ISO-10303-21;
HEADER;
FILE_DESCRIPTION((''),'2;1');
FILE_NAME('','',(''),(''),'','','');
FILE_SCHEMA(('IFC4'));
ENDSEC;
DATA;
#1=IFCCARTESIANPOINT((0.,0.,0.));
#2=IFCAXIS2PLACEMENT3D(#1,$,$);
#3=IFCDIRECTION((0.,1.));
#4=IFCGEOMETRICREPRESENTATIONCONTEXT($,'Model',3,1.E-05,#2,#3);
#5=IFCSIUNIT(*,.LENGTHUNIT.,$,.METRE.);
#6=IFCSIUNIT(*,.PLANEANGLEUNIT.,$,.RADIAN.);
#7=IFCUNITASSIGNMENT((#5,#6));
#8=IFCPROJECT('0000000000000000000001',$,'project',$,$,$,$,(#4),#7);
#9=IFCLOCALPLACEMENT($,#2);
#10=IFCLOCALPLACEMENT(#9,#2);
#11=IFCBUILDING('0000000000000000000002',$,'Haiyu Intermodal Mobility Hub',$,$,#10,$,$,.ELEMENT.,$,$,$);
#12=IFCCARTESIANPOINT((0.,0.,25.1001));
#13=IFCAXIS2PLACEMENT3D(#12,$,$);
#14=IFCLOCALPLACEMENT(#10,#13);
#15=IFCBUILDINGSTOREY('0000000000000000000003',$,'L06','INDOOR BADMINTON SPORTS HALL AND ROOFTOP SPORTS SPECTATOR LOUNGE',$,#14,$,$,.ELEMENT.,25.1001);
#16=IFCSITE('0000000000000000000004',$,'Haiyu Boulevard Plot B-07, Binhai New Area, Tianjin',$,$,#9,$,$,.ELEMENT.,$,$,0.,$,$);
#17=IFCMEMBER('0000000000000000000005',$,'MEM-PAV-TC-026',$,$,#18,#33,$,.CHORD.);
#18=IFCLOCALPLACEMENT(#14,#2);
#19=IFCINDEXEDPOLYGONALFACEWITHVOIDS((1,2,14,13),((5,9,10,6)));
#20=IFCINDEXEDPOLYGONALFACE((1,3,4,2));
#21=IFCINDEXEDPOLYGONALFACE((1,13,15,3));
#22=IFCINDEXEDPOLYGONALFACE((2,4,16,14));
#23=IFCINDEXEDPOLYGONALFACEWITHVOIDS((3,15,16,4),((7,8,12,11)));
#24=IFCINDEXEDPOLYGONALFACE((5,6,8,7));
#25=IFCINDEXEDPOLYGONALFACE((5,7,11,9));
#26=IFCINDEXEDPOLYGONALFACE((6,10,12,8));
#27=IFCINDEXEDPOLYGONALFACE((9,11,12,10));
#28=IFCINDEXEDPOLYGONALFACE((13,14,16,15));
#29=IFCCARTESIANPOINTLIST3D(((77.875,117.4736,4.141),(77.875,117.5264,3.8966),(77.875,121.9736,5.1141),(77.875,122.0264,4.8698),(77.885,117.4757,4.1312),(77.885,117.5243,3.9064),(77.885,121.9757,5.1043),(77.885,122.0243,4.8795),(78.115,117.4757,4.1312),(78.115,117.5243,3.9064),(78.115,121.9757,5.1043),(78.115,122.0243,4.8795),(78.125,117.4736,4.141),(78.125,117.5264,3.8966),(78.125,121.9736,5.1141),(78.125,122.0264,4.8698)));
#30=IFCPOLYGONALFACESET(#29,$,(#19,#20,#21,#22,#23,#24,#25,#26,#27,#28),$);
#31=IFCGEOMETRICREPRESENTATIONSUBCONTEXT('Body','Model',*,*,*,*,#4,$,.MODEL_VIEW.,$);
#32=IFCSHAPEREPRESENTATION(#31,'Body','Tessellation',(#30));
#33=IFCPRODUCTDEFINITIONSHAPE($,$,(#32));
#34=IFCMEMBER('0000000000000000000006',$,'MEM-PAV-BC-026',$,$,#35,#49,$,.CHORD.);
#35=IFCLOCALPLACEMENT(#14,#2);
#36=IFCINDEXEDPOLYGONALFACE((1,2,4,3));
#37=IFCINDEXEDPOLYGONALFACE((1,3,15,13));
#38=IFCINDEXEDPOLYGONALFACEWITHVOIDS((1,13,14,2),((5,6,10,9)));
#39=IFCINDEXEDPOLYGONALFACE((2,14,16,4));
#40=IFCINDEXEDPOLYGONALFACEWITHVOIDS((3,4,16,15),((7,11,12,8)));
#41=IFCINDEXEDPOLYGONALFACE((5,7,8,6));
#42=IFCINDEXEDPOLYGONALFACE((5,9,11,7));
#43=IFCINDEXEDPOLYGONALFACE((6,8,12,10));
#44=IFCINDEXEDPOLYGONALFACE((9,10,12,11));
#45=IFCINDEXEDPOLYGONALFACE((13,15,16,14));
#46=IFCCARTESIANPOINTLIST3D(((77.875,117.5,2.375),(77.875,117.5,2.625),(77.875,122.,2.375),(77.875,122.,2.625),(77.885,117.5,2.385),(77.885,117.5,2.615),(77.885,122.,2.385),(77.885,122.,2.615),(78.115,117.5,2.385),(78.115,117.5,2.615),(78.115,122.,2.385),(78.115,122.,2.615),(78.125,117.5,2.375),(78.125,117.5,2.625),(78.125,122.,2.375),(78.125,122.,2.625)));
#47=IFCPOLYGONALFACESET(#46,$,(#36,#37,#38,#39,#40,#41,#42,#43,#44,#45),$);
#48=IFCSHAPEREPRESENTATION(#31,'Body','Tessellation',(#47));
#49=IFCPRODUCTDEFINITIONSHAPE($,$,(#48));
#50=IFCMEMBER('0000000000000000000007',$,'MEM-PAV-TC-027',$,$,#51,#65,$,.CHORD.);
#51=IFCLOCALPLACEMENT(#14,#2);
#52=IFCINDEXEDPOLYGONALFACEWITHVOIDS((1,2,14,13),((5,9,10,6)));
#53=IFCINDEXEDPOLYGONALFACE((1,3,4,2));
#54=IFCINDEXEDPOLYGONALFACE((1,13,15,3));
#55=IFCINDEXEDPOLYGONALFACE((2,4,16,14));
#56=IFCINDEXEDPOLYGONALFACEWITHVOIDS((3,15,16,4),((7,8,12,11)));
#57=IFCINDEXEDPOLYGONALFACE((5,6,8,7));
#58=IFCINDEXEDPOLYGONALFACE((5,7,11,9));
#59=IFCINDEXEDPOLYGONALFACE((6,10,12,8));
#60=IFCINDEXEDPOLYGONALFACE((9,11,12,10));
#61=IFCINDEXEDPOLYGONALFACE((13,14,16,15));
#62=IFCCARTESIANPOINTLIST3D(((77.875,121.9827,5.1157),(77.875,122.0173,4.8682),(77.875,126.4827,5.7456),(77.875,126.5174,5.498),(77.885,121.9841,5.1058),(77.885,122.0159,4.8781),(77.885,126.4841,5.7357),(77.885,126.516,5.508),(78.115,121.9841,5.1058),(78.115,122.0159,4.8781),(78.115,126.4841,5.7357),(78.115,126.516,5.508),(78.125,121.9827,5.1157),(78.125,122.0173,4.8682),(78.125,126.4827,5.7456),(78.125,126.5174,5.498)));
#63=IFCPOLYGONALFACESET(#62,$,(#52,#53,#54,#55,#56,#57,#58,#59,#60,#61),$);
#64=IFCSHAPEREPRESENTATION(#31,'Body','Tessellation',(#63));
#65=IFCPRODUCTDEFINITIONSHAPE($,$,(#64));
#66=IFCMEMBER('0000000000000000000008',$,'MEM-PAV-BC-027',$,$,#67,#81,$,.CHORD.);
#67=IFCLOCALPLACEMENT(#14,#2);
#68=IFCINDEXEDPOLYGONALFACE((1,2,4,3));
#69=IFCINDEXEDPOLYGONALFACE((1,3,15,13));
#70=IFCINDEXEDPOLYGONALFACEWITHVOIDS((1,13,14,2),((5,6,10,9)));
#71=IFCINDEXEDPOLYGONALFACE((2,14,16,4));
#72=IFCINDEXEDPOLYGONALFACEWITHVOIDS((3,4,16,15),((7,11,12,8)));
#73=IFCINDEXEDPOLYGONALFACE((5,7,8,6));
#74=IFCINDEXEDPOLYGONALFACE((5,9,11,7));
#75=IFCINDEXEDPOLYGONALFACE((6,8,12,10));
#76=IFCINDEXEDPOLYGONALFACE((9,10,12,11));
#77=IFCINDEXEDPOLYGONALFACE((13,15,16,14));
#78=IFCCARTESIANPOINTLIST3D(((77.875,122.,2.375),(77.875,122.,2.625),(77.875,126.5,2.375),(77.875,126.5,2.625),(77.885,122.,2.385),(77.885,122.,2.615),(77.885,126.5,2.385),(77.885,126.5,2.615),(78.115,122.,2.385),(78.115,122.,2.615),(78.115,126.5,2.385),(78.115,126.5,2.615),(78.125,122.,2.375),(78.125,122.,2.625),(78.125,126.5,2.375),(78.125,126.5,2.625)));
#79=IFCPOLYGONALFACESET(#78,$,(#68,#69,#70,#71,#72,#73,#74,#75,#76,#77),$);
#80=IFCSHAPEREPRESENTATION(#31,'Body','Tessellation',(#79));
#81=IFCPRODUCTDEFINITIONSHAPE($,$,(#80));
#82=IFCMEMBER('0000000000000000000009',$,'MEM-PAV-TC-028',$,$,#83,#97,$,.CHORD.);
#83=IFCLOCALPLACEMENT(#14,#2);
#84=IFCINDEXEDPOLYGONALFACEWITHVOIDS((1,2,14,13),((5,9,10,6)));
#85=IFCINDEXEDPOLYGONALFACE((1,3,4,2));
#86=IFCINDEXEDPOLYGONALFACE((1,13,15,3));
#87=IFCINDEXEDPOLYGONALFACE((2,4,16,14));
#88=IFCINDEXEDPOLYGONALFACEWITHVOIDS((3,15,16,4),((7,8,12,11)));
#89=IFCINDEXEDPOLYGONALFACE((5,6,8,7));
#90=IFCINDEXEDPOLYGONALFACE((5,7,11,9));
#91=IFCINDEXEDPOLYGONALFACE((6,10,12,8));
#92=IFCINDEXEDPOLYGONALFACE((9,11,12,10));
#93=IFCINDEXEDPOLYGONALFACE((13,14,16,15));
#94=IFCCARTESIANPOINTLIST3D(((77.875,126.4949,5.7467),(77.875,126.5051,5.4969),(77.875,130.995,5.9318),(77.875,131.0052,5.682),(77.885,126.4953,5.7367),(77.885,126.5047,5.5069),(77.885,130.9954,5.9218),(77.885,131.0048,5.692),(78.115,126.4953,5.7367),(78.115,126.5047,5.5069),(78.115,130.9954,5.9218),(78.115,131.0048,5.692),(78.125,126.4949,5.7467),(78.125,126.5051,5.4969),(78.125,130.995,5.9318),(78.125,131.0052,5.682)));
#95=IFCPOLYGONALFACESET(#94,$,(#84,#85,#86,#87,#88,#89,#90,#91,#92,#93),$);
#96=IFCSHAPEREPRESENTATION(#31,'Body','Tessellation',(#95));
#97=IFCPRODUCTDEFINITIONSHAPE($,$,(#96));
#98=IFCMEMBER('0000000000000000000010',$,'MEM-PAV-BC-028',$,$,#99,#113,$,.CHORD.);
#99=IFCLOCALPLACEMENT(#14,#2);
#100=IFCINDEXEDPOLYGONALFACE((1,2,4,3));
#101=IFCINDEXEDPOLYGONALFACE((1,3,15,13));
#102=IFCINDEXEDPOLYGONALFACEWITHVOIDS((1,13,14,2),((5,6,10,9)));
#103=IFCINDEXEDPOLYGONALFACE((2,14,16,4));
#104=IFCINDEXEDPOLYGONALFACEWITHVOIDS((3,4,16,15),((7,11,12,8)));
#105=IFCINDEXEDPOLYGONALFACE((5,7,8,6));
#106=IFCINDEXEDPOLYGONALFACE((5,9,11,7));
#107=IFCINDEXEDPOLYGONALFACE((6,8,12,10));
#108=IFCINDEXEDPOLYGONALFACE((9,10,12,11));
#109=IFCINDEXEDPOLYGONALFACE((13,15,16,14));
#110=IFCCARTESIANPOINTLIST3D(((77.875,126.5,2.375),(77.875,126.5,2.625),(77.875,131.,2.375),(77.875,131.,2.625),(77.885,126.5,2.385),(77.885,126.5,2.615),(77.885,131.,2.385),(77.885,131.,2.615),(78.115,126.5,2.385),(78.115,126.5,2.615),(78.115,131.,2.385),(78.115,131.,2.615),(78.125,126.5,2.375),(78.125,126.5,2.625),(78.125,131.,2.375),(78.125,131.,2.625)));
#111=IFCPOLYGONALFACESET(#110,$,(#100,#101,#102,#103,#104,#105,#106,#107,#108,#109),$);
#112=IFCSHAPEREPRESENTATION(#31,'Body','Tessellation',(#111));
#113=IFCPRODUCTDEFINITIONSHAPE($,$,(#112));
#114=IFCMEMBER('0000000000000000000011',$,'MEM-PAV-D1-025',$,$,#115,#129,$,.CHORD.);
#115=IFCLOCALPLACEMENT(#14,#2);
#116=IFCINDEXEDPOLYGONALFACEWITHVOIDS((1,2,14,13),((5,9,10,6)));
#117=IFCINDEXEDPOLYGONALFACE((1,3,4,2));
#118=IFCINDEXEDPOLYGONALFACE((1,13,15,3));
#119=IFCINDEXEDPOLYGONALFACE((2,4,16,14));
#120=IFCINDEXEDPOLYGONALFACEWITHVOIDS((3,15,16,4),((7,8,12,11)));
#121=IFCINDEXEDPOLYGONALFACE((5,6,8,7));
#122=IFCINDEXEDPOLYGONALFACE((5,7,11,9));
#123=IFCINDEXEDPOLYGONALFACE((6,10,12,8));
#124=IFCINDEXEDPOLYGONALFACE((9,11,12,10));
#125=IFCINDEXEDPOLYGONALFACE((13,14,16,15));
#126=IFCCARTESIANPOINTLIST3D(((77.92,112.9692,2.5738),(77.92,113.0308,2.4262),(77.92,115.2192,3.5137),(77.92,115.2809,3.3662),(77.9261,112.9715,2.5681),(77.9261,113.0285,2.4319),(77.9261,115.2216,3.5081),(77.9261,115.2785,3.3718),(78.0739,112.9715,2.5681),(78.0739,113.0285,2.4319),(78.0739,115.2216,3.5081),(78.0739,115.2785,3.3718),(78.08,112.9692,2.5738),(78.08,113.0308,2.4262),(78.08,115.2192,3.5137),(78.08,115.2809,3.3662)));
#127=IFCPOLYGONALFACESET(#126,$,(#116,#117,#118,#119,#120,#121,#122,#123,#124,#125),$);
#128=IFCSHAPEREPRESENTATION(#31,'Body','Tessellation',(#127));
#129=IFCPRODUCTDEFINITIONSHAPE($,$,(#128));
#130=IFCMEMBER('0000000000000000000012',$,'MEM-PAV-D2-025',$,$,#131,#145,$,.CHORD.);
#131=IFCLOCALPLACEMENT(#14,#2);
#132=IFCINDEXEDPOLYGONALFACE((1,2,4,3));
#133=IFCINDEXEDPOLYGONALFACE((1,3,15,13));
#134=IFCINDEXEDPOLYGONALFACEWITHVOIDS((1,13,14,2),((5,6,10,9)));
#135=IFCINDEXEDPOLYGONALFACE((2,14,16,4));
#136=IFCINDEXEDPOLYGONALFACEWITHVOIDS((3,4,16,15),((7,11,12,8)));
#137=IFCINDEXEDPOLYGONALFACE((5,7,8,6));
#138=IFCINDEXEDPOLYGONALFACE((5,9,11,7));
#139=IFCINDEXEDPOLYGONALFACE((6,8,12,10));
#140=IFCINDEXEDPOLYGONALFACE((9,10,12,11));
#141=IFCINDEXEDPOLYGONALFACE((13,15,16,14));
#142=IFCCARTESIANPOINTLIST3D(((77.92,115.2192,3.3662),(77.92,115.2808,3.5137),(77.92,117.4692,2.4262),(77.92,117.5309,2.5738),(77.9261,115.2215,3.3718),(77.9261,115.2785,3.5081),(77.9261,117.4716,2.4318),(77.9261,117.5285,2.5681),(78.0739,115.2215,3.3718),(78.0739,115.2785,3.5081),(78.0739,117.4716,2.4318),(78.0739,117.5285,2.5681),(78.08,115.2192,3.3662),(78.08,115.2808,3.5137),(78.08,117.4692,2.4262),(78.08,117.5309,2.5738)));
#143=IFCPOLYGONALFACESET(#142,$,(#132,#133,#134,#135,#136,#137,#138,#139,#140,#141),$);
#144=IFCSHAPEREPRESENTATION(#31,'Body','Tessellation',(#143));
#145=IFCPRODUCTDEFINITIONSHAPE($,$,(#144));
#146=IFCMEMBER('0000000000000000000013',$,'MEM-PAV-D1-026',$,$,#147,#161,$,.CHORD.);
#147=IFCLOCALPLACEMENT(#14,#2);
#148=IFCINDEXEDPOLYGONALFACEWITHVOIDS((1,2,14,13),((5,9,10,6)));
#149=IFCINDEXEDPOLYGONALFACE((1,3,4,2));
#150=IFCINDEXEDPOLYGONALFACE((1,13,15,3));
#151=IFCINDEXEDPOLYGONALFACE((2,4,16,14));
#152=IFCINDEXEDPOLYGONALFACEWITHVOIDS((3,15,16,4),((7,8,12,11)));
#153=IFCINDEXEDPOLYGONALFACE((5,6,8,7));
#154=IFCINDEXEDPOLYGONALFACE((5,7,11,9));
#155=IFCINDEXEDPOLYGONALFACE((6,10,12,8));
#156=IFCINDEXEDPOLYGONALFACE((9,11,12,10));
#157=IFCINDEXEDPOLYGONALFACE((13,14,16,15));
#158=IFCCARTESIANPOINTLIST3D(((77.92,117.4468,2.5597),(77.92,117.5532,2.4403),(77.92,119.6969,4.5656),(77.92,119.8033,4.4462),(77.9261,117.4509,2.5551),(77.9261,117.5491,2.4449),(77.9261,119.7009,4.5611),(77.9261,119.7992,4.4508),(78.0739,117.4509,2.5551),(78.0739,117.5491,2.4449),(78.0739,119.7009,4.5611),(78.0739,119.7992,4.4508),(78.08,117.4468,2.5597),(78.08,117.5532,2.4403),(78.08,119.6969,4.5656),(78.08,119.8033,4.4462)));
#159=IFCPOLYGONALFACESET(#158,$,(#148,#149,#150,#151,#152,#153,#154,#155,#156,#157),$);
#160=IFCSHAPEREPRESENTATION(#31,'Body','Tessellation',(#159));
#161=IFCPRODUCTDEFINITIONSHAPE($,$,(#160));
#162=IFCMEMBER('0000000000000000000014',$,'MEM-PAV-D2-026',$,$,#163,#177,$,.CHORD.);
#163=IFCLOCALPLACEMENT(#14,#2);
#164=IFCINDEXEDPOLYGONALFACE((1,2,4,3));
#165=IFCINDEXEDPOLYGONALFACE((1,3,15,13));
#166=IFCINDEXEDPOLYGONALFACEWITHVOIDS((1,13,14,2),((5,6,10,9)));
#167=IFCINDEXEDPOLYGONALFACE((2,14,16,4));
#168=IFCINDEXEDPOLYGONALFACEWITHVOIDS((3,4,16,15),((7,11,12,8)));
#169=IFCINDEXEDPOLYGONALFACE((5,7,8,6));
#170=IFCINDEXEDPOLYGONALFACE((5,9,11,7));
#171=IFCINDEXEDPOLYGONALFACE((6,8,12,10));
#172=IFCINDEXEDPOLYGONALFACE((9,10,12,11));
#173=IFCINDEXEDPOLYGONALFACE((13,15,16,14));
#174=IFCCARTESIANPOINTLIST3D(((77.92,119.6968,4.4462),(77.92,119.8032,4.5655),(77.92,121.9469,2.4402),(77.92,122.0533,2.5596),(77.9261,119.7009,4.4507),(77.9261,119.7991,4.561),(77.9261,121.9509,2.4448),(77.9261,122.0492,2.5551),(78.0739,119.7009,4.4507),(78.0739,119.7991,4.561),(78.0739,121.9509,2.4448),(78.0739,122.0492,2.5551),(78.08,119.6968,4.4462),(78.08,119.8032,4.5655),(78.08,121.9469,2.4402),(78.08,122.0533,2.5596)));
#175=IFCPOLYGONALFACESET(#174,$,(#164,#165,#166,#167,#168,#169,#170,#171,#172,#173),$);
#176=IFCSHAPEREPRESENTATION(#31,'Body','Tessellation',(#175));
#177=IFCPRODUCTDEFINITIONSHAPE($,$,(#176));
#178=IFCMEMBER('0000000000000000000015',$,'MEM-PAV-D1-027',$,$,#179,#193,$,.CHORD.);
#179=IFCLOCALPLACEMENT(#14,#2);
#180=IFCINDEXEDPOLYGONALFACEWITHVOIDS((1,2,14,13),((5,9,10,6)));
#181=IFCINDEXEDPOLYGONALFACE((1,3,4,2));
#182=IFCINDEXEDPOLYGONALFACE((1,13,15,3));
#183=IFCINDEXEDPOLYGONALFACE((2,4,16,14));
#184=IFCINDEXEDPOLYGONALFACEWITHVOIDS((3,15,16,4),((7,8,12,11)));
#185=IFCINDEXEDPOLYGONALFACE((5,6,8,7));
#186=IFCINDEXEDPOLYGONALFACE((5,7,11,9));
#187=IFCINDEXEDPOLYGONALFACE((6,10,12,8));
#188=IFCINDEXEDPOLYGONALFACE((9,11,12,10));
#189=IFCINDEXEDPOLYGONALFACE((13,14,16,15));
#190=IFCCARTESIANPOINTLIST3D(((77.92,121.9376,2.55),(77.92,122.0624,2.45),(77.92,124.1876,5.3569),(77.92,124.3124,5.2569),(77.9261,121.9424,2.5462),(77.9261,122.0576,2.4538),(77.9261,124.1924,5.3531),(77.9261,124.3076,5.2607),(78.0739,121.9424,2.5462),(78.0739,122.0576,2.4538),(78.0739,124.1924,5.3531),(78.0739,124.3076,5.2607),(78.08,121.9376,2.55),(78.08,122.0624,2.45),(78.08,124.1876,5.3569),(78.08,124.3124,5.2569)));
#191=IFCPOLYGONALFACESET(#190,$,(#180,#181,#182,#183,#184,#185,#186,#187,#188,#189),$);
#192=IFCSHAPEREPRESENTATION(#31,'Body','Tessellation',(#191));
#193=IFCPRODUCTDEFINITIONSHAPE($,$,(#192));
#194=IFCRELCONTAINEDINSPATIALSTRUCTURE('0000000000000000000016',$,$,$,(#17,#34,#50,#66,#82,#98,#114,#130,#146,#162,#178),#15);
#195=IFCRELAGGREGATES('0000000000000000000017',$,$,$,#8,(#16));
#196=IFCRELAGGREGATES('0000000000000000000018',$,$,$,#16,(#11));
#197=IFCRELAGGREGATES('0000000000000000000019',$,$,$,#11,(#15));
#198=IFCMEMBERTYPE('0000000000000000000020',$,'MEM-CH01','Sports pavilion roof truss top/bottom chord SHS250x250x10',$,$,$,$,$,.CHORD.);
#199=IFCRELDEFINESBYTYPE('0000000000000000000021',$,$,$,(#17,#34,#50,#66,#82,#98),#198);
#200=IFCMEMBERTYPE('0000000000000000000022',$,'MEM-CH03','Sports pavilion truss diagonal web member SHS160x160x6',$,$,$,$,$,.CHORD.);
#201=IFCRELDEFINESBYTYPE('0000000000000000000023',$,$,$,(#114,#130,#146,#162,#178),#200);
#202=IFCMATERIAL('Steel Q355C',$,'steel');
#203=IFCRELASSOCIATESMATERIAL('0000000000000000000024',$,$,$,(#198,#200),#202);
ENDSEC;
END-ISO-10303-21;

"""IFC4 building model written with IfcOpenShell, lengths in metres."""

from ifc_helpers import new_model, si_unit, direction, frame, origin, origin_2d, place, context, subcontext, project, spatial, hollow_rectangle, extrude, material, material_profile, profile_set, type_object, element, save


model = new_model("IFC4")

# Units and contexts
model_context = context("Model", 3, precision=1e-05, world=origin(), true_north=direction((0.0, 1.0)))
body_context = subcontext(model_context, "Body", "Model", "MODEL_VIEW")
ifc_project = project(units=[si_unit("LENGTHUNIT", "METRE"), si_unit("PLANEANGLEUNIT", "RADIAN")], contexts=[model_context])

# Site, building, storey
site_placement = place(None, origin())
site = spatial("IfcSite", under=ifc_project, at=site_placement, Name="Haiyu Boulevard Plot B-07, Binhai New Area, Tianjin", CompositionType="ELEMENT", RefElevation=0.0)
building_placement = place(site_placement, origin())
building = spatial("IfcBuilding", under=site, at=building_placement, Name="Haiyu Intermodal Mobility Hub", CompositionType="ELEMENT")
storey_placement = place(building_placement, frame((0.0, 0.0, 25.1001)))
storey = spatial("IfcBuildingStorey", under=building, at=storey_placement, Name="L06", Description="INDOOR BADMINTON SPORTS HALL AND ROOFTOP SPORTS SPECTATOR LOUNGE", CompositionType="ELEMENT", Elevation=25.1001)

# Shared definitions
ifc_material_1 = material(Name="Steel Q355C", Category="steel")

# Members
ifc_material_profile_1 = material_profile(ifc_material_1, hollow_rectangle(XDim=0.25, YDim=0.25, WallThickness=0.01, at=origin_2d()), Name="SHS250x250x10")
ifc_profile_set_1 = profile_set([ifc_material_profile_1], Name="Steel Q355C")
member_type_1 = type_object("IfcMemberType", Name="MEM-CH01", Description="Sports pavilion roof truss top/bottom chord SHS250x250x10", PredefinedType="CHORD", material=ifc_profile_set_1)
member_1_placement = place(storey_placement, frame((78.0, 117.5, 4.0188), z_axis=(0.0, 0.977406, 0.211368), x_axis=(-1.0, 0.0, 0.0)))
element("IfcMember", 1, at=member_1_placement, inside=storey, type_object=member_type_1, Name="MEM-PAV-TC-026", PredefinedType="CHORD", context=body_context, shape_type="SweptSolid", body=[
    extrude(hollow_rectangle(XDim=0.25, YDim=0.25, WallThickness=0.01, at=origin_2d()), origin(), (0.0, 0.0, 1.0), 4.604),
])
member_2_placement = place(storey_placement, frame((78.0, 117.5, 2.5), z_axis=(0.0, 1.0, 0.0), x_axis=(-1.0, 0.0, 0.0)))
element("IfcMember", 2, at=member_2_placement, inside=storey, type_object=member_type_1, Name="MEM-PAV-BC-026", PredefinedType="CHORD", context=body_context, shape_type="SweptSolid", body=[
    extrude(hollow_rectangle(XDim=0.25, YDim=0.25, WallThickness=0.01, at=origin_2d()), origin(), (0.0, 0.0, 1.0), 4.5),
])
member_3_placement = place(storey_placement, frame((78.0, 122.0, 4.9919), z_axis=(0.0, 0.990345, 0.138623), x_axis=(-1.0, 0.0, 0.0)))
element("IfcMember", 3, at=member_3_placement, inside=storey, type_object=member_type_1, Name="MEM-PAV-TC-027", PredefinedType="CHORD", context=body_context, shape_type="SweptSolid", body=[
    extrude(hollow_rectangle(XDim=0.25, YDim=0.25, WallThickness=0.01, at=origin_2d()), origin(), (0.0, 0.0, 1.0), 4.5439),
])
member_4_placement = place(storey_placement, frame((78.0, 122.0, 2.5), z_axis=(0.0, 1.0, 0.0), x_axis=(-1.0, 0.0, 0.0)))
element("IfcMember", 4, at=member_4_placement, inside=storey, type_object=member_type_1, Name="MEM-PAV-BC-027", PredefinedType="CHORD", context=body_context, shape_type="SweptSolid", body=[
    extrude(hollow_rectangle(XDim=0.25, YDim=0.25, WallThickness=0.01, at=origin_2d()), origin(), (0.0, 0.0, 1.0), 4.5),
])
member_5_placement = place(storey_placement, frame((78.0, 126.5, 5.6218), z_axis=(0.0, 0.999155, 0.041089), x_axis=(-1.0, 0.0, 0.0)))
element("IfcMember", 5, at=member_5_placement, inside=storey, type_object=member_type_1, Name="MEM-PAV-TC-028", PredefinedType="CHORD", context=body_context, shape_type="SweptSolid", body=[
    extrude(hollow_rectangle(XDim=0.25, YDim=0.25, WallThickness=0.01, at=origin_2d()), origin(), (0.0, 0.0, 1.0), 4.5039),
])
member_6_placement = place(storey_placement, frame((78.0, 126.5, 2.5), z_axis=(0.0, 1.0, 0.0), x_axis=(-1.0, 0.0, 0.0)))
element("IfcMember", 6, at=member_6_placement, inside=storey, type_object=member_type_1, Name="MEM-PAV-BC-028", PredefinedType="CHORD", context=body_context, shape_type="SweptSolid", body=[
    extrude(hollow_rectangle(XDim=0.25, YDim=0.25, WallThickness=0.01, at=origin_2d()), origin(), (0.0, 0.0, 1.0), 4.5),
])
ifc_material_profile_2 = material_profile(ifc_material_1, hollow_rectangle(XDim=0.1599, YDim=0.1599, WallThickness=0.0061, at=origin_2d()), Name="SHS160x160x6")
ifc_profile_set_2 = profile_set([ifc_material_profile_2], Name="Steel Q355C")
member_type_2 = type_object("IfcMemberType", Name="MEM-CH03", Description="Sports pavilion truss diagonal web member SHS160x160x6", PredefinedType="CHORD", material=ifc_profile_set_2)
for number, where, z_axis, x_axis, name in (
    (7, (78.0, 113.0, 2.5), (0.0, 0.922721, 0.385468), (-1.0, 0.0, 0.0), "MEM-PAV-D1-025"),
    (8, (78.0, 115.25, 3.4399), (0.0, 0.922721, -0.385468), (-1.0, 0.0, 0.0), "MEM-PAV-D2-025"),
):
    element("IfcMember", number, at=place(storey_placement, frame(where, z_axis=z_axis, x_axis=x_axis)), inside=storey, type_object=member_type_2, Name=name, PredefinedType="CHORD", context=body_context, shape_type="SweptSolid", body=[
        extrude(hollow_rectangle(XDim=0.1599, YDim=0.1599, WallThickness=0.0061, at=origin_2d()), origin(), (0.0, 0.0, 1.0), 2.4385),
    ])
for number, where, z_axis, x_axis, name in (
    (9, (78.0, 117.5, 2.5), (0.0, 0.746443, 0.665449), (-1.0, 0.0, 0.0), "MEM-PAV-D1-026"),
    (10, (78.0, 119.75, 4.5059), (0.0, 0.746443, -0.665449), (-1.0, 0.0, 0.0), "MEM-PAV-D2-026"),
):
    element("IfcMember", number, at=place(storey_placement, frame(where, z_axis=z_axis, x_axis=x_axis)), inside=storey, type_object=member_type_2, Name=name, PredefinedType="CHORD", context=body_context, shape_type="SweptSolid", body=[
        extrude(hollow_rectangle(XDim=0.1599, YDim=0.1599, WallThickness=0.0061, at=origin_2d()), origin(), (0.0, 0.0, 1.0), 3.0144),
    ])
for number, where, z_axis, x_axis, name in (
    (11, (78.0, 122.0, 2.5), (0.0, 0.625456, 0.780259), (-1.0, 0.0, 0.0), "MEM-PAV-D1-027"),
):
    element("IfcMember", number, at=place(storey_placement, frame(where, z_axis=z_axis, x_axis=x_axis)), inside=storey, type_object=member_type_2, Name=name, PredefinedType="CHORD", context=body_context, shape_type="SweptSolid", body=[
        extrude(hollow_rectangle(XDim=0.1599, YDim=0.1599, WallThickness=0.0061, at=origin_2d()), origin(), (0.0, 0.0, 1.0), 3.5974),
    ])

save(model, "model.ifc")
